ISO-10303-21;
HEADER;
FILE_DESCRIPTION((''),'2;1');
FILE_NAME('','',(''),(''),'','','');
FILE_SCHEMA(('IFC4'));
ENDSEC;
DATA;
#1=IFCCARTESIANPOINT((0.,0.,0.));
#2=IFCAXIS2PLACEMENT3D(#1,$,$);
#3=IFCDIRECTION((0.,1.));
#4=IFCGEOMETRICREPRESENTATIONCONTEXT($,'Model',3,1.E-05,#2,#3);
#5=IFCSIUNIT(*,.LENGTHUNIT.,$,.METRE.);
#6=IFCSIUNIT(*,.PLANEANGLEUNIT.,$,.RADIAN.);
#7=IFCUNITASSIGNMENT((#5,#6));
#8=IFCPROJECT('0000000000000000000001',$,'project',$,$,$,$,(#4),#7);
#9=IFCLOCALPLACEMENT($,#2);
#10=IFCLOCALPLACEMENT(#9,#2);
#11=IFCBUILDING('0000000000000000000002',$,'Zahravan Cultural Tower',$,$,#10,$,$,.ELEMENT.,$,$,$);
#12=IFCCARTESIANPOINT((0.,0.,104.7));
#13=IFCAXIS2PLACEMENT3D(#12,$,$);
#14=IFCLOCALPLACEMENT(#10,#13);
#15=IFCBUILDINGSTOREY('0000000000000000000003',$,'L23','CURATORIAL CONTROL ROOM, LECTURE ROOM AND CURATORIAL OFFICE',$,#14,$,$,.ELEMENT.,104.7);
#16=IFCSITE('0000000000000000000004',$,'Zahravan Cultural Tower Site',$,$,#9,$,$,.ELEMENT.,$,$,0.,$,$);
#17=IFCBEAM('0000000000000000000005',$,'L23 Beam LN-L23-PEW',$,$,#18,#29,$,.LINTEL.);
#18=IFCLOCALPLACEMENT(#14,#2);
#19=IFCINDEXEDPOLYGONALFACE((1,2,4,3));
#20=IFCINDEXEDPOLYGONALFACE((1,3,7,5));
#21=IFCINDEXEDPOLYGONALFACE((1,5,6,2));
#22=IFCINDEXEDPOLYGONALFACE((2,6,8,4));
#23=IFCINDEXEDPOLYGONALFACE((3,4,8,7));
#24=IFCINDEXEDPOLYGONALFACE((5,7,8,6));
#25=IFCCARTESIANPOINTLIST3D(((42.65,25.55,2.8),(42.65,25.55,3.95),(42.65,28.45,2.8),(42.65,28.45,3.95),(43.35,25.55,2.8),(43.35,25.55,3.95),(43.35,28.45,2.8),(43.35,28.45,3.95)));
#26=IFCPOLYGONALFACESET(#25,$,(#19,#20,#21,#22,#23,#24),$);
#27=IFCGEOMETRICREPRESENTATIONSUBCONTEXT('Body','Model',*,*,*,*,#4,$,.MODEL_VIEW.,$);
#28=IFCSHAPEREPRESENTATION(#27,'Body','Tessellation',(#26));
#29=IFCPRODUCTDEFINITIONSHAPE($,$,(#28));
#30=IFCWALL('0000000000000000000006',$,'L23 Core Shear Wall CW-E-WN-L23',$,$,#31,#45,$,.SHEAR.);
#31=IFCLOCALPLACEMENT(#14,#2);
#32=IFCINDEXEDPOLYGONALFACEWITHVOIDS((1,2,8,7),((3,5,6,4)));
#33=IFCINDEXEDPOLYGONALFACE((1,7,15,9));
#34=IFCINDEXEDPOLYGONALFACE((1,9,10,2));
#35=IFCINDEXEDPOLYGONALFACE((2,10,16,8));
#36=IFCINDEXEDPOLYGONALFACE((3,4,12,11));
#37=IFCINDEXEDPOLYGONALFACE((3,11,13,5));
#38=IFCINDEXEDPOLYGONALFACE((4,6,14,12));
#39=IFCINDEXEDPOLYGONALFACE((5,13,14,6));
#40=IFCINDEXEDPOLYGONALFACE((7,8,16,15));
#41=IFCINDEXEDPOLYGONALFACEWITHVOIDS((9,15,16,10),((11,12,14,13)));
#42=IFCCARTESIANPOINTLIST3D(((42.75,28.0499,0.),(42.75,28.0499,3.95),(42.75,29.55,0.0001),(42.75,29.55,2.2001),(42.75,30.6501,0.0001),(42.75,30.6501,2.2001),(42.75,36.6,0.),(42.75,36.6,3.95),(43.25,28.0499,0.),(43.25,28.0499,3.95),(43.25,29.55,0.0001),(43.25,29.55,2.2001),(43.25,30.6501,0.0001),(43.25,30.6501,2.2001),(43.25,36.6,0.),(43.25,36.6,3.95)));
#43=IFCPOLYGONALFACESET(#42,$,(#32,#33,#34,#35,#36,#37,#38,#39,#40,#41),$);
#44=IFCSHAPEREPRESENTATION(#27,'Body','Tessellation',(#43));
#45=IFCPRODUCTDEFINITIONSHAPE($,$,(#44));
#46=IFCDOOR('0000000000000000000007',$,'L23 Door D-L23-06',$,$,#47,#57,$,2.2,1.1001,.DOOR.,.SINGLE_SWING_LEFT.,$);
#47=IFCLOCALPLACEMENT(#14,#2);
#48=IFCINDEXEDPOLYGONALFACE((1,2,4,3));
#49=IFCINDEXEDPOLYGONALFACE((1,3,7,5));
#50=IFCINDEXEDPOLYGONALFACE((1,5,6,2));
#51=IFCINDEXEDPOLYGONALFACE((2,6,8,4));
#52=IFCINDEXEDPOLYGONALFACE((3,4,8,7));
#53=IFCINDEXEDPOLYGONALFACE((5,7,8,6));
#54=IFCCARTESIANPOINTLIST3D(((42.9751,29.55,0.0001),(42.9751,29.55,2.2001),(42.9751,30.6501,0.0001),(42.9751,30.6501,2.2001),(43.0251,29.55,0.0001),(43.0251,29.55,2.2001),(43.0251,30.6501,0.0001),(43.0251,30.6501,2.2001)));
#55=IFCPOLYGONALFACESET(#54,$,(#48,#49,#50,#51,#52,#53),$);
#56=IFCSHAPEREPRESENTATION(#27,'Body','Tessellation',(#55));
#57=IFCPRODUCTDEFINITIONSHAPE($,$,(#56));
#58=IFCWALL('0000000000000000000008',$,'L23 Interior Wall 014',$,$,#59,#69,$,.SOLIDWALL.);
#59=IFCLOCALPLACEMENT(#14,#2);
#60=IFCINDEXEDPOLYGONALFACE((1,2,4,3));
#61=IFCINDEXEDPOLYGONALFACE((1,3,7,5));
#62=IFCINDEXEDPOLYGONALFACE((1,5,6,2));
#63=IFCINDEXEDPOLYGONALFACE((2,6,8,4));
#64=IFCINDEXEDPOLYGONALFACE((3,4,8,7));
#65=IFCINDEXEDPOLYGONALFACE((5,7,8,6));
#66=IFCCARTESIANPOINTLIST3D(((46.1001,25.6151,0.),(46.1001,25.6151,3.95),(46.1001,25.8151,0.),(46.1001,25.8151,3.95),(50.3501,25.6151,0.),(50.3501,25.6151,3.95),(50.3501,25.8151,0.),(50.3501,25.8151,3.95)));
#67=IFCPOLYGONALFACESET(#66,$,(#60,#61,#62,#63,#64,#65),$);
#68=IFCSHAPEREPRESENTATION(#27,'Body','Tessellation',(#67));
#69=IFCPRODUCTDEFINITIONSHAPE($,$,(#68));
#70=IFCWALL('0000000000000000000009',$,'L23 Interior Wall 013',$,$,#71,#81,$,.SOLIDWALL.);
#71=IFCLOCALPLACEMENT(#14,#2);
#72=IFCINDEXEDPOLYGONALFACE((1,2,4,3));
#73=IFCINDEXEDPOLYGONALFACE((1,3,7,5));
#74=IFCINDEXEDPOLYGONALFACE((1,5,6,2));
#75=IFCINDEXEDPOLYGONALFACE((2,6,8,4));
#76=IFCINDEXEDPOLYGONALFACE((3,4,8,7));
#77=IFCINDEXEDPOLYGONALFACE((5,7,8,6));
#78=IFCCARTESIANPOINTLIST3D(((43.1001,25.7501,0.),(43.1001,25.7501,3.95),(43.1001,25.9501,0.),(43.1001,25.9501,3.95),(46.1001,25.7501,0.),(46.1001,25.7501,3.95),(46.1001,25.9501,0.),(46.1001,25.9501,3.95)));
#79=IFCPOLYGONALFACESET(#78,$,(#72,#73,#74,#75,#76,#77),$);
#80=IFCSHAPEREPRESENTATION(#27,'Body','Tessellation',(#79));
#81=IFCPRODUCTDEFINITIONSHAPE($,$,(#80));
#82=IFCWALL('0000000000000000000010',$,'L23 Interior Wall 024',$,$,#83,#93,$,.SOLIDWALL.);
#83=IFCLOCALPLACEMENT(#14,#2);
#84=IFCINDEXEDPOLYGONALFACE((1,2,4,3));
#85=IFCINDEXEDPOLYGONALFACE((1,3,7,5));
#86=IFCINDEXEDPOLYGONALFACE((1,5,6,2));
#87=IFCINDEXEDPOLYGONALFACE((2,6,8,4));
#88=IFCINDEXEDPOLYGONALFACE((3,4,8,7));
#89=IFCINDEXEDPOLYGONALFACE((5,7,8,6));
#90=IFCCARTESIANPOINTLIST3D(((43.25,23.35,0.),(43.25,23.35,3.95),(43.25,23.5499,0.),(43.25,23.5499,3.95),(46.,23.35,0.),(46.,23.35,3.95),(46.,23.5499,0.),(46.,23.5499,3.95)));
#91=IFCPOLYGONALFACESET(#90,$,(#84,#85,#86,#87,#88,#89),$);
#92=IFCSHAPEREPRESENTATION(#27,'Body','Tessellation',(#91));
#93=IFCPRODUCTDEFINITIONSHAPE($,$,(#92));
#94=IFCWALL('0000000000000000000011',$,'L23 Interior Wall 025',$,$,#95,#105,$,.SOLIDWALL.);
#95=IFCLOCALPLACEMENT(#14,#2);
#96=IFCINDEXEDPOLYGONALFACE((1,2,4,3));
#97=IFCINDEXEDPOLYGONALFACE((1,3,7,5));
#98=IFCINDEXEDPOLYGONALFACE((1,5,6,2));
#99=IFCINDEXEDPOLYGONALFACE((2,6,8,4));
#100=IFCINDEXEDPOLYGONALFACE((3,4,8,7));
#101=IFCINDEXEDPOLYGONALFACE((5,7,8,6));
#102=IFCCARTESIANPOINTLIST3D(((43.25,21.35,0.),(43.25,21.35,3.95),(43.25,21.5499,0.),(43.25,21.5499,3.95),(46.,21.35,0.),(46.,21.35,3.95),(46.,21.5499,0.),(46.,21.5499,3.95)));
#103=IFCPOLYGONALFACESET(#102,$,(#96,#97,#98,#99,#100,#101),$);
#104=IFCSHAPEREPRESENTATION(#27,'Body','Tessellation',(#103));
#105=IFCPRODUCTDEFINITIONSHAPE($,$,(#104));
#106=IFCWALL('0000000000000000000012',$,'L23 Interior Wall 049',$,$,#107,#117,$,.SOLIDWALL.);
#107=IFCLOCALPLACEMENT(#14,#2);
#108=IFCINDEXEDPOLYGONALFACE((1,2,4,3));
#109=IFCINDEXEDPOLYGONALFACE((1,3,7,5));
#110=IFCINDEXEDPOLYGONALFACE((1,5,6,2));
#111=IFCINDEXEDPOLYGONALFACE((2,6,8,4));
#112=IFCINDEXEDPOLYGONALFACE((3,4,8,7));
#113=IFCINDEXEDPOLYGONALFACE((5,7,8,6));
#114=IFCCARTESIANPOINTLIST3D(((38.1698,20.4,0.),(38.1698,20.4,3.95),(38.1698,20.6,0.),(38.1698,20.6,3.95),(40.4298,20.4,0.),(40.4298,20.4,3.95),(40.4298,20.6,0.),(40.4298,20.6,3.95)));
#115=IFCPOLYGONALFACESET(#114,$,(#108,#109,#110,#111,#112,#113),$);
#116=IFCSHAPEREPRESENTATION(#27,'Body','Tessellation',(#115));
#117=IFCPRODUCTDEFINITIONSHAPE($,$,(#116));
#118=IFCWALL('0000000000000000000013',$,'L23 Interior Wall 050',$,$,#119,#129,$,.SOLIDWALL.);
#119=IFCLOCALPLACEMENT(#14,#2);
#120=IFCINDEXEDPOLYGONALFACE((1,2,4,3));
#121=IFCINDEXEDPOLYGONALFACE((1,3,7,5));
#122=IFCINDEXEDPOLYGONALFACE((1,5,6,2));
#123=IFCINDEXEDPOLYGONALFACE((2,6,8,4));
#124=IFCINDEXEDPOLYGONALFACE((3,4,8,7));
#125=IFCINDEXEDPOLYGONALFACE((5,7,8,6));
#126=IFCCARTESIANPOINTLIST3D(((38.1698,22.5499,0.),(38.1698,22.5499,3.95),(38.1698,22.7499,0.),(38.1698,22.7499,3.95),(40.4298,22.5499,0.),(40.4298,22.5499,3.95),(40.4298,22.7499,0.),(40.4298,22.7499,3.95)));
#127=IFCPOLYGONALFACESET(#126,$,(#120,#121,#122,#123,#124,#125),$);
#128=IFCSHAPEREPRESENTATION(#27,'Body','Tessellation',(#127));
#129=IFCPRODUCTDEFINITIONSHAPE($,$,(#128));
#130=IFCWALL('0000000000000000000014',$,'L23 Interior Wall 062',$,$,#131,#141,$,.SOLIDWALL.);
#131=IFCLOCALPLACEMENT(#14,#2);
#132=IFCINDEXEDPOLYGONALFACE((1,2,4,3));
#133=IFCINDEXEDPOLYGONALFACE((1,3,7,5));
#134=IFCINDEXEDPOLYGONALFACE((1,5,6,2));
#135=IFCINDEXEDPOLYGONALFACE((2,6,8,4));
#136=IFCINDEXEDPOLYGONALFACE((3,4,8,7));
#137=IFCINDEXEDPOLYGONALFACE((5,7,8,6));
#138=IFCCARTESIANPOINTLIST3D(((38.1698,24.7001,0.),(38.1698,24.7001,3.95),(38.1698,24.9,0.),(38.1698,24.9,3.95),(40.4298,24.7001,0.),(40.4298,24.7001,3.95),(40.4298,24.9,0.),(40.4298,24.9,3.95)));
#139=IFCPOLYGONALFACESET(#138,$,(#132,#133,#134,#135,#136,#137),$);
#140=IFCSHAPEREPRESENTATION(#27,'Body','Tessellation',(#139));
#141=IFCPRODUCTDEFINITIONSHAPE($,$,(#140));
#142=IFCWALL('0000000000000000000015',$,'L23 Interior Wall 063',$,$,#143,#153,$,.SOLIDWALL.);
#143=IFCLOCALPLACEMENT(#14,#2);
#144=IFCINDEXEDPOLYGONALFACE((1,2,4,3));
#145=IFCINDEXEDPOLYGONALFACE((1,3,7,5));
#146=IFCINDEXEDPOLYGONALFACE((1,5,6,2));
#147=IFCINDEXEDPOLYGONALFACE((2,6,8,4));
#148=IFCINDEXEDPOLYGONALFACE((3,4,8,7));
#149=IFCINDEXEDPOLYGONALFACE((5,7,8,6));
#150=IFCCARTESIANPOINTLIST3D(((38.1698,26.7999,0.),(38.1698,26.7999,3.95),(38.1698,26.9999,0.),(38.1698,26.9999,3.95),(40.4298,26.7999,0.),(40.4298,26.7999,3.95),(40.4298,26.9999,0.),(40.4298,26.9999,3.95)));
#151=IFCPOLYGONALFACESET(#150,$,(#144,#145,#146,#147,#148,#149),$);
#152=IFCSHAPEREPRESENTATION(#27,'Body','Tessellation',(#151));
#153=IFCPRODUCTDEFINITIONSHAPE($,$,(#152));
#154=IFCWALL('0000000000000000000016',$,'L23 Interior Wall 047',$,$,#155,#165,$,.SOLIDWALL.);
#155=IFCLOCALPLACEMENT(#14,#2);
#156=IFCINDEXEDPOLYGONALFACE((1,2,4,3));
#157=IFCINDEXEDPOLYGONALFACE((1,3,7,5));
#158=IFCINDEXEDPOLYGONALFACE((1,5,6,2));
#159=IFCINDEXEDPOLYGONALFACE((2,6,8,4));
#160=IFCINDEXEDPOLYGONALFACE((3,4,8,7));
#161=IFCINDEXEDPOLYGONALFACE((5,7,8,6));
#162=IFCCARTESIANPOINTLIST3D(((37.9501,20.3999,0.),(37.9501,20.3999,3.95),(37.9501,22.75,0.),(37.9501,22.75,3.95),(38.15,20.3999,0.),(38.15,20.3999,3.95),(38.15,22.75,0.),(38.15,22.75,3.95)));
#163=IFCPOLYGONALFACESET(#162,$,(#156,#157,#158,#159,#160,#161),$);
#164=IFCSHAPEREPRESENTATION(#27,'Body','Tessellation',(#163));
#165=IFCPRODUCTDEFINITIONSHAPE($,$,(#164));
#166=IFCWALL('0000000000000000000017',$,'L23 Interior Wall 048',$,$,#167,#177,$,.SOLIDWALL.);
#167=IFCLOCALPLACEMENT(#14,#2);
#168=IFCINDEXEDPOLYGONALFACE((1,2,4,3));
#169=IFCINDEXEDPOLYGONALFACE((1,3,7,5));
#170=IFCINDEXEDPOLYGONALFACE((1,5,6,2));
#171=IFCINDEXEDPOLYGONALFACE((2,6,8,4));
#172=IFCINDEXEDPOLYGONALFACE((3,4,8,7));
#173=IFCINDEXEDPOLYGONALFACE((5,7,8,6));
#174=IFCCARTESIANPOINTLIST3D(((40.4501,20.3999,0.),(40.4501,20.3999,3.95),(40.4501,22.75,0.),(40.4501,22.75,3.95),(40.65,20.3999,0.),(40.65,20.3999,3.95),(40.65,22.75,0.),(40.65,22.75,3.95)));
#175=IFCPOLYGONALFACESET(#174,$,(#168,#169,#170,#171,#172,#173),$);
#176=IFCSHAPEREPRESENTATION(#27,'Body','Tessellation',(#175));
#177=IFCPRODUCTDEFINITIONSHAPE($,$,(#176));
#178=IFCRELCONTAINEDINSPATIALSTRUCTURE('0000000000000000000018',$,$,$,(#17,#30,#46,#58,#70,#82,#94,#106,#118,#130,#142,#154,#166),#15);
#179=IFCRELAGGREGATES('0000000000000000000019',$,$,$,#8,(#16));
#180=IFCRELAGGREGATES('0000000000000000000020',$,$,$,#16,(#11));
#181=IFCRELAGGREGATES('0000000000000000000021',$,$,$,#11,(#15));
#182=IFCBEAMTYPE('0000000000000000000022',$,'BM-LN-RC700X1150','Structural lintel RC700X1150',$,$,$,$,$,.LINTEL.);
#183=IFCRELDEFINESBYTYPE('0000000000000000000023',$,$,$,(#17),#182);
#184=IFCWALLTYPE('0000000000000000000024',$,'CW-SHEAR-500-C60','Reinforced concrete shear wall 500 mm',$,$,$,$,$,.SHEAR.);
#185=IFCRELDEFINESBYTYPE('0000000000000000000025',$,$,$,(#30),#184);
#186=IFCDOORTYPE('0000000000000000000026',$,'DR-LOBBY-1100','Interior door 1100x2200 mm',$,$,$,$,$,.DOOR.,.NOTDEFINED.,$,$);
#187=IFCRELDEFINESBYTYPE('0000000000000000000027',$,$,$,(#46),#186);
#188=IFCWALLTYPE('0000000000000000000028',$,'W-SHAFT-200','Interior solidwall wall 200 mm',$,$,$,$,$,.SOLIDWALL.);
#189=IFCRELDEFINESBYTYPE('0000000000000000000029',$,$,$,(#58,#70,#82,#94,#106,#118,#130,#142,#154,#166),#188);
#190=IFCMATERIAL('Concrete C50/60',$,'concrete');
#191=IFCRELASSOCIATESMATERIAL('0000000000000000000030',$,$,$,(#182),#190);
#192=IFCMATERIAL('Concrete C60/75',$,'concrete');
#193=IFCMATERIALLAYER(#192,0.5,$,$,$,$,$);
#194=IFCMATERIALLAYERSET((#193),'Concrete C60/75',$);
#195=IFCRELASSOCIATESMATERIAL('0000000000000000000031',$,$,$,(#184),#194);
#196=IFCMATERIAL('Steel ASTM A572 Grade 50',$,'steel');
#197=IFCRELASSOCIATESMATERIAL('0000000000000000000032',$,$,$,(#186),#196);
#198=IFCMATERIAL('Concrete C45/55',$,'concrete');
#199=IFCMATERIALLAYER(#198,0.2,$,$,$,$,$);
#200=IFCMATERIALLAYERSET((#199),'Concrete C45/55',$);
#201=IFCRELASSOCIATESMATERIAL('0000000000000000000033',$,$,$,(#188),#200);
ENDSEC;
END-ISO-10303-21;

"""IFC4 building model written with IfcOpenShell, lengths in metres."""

from ifc_helpers import new_model, si_unit, direction, frame, frame_2d, origin, origin_2d, place, context, subcontext, project, spatial, rectangle, extrude, source, transform, mapped, material, layer, layer_set, material_profile, profile_set, type_object, element, fill, save


model = new_model("IFC4")

# Units and contexts
model_context = context("Model", 3, precision=1e-05, world=origin(), true_north=direction((0.0, 1.0)))
body_context = subcontext(model_context, "Body", "Model", "MODEL_VIEW")
ifc_project = project(units=[si_unit("LENGTHUNIT", "METRE"), si_unit("PLANEANGLEUNIT", "RADIAN")], contexts=[model_context])

# Site, building, storey
site_placement = place(None, origin())
site = spatial("IfcSite", under=ifc_project, at=site_placement, Name="Zahravan Cultural Tower Site", CompositionType="ELEMENT", RefElevation=0.0)
building_placement = place(site_placement, origin())
building = spatial("IfcBuilding", under=site, at=building_placement, Name="Zahravan Cultural Tower", CompositionType="ELEMENT")
storey_placement = place(building_placement, frame((0.0, 0.0, 104.7)))
storey = spatial("IfcBuildingStorey", under=building, at=storey_placement, Name="L23", Description="CURATORIAL CONTROL ROOM, LECTURE ROOM AND CURATORIAL OFFICE", CompositionType="ELEMENT", Elevation=104.7)

# Beam
ifc_material_1 = material(Name="Concrete C50/60", Category="concrete")
ifc_material_profile = material_profile(ifc_material_1, rectangle(XDim=0.7, YDim=1.1499, at=origin_2d()), Name="RC700X1150")
ifc_profile_set = profile_set([ifc_material_profile], Name="Concrete C50/60")
beam_type = type_object("IfcBeamType", Name="BM-LN-RC700X1150", Description="Structural lintel RC700X1150", PredefinedType="LINTEL", material=ifc_profile_set)
shared_shape_1 = source(origin(), body_context, "Body", "SweptSolid", [
    extrude(rectangle(XDim=0.7, YDim=1.1499, at=origin_2d()), origin(), (0.0, 0.0, 1.0), 2.8999),
])
beam_placement = place(storey_placement, frame((43.0, 25.55, 3.375), z_axis=(0.0, 1.0, 0.0), x_axis=(-1.0, 0.0, 0.0)))
element("IfcBeam", 1, at=beam_placement, inside=storey, type_object=beam_type, Name="L23 Beam LN-L23-PEW", PredefinedType="LINTEL", context=body_context, shape_type="MappedRepresentation", body=[
    mapped(shared_shape_1, transform((0.0, 0.0, 0.0), x_axis=(1.0, 0.0, 0.0), y_axis=(0.0, 1.0, 0.0), z_axis=(0.0, 0.0, 1.0), scale=1.0)),
])

# Wall, opening, door
ifc_material_2 = material(Name="Concrete C60/75", Category="concrete")
ifc_layer_1 = layer(ifc_material_2, 0.5)
ifc_layer_set_1 = layer_set([ifc_layer_1], Name="Concrete C60/75")
wall_type_1 = type_object("IfcWallType", Name="CW-SHEAR-500-C60", Description="Reinforced concrete shear wall 500 mm", PredefinedType="SHEAR", material=ifc_layer_set_1)
wall_1_placement = place(storey_placement, frame((43.0, 28.05, 0.0), z_axis=(0.0, 0.0, 1.0), x_axis=(0.0, 1.0, 0.0)))
wall_1 = element("IfcWall", 2, at=wall_1_placement, inside=storey, type_object=wall_type_1, Name="L23 Core Shear Wall CW-E-WN-L23", PredefinedType="SHEAR", context=body_context, shape_type="SweptSolid", body=[
    extrude(rectangle(XDim=8.55, YDim=0.5, at=frame_2d((4.2749, 0.0))), origin(), (0.0, 0.0, 1.0), 3.95),
])
opening_1_placement = place(wall_1_placement, frame((1.5, 0.0, 0.0)))
opening_1 = element("IfcOpeningElement", 3, at=opening_1_placement, cuts=wall_1, PredefinedType="OPENING", context=body_context, shape_type="SweptSolid", body=[
    extrude(rectangle(XDim=1.1001, YDim=2.2, at=frame_2d((0.55, 1.1001))), frame((0.0, 0.26, 0.0), z_axis=(0.0, -1.0, 0.0), x_axis=(1.0, 0.0, 0.0)), (0.0, 0.0, 1.0), 0.52),
])
ifc_material_3 = material(Name="Steel ASTM A572 Grade 50", Category="steel")
door_type_1 = type_object("IfcDoorType", Name="DR-LOBBY-1100", Description="Interior door 1100x2200 mm", OperationType="NOTDEFINED", PredefinedType="DOOR", material=ifc_material_3)
shared_shape_2 = source(origin(), body_context, "Body", "SweptSolid", [
    extrude(rectangle(XDim=1.1001, YDim=2.2, at=frame_2d((0.55, 1.1001))), frame((0.0, 0.0249, 0.0), z_axis=(0.0, -1.0, 0.0), x_axis=(1.0, 0.0, 0.0)), (0.0, 0.0, 1.0), 0.05),
])
door_1_placement = place(opening_1_placement, origin())
door_1 = element("IfcDoor", 4, at=door_1_placement, inside=storey, type_object=door_type_1, Name="L23 Door D-L23-06", OperationType="SINGLE_SWING_LEFT", OverallHeight=2.2, OverallWidth=1.1001, PredefinedType="DOOR", context=body_context, shape_type="MappedRepresentation", body=[
    mapped(shared_shape_2, transform((0.0, 0.0, 0.0), x_axis=(1.0, 0.0, 0.0), y_axis=(0.0, 1.0, 0.0), z_axis=(0.0, 0.0, 1.0), scale=1.0)),
])
fill(opening_1, door_1)
ifc_material_4 = material(Name="Concrete C45/55", Category="concrete")
ifc_layer_2 = layer(ifc_material_4, 0.2)
ifc_layer_set_2 = layer_set([ifc_layer_2], Name="Concrete C45/55")
wall_type_2 = type_object("IfcWallType", Name="W-SHAFT-200", Description="Interior solidwall wall 200 mm", PredefinedType="SOLIDWALL", material=ifc_layer_set_2)

# Walls
shared_shape_3 = source(origin(), body_context, "Body", "SweptSolid", [
    extrude(rectangle(XDim=4.25, YDim=0.2, at=frame_2d((2.125, 0.0))), origin(), (0.0, 0.0, 1.0), 3.95),
])
wall_2_placement = place(storey_placement, frame((46.1001, 25.7151, 0.0), z_axis=(0.0, 0.0, 1.0), x_axis=(1.0, 0.0, 0.0)))
element("IfcWall", 5, at=wall_2_placement, inside=storey, type_object=wall_type_2, Name="L23 Interior Wall 014", PredefinedType="SOLIDWALL", context=body_context, shape_type="MappedRepresentation", body=[
    mapped(shared_shape_3, transform((0.0, 0.0, 0.0), x_axis=(1.0, 0.0, 0.0), y_axis=(0.0, 1.0, 0.0), z_axis=(0.0, 0.0, 1.0), scale=1.0)),
])
shared_shape_4 = source(origin(), body_context, "Body", "SweptSolid", [
    extrude(rectangle(XDim=3.0, YDim=0.2, at=frame_2d((1.5, 0.0))), origin(), (0.0, 0.0, 1.0), 3.95),
])
wall_3_placement = place(storey_placement, frame((43.1001, 25.8501, 0.0), z_axis=(0.0, 0.0, 1.0), x_axis=(1.0, 0.0, 0.0)))
element("IfcWall", 6, at=wall_3_placement, inside=storey, type_object=wall_type_2, Name="L23 Interior Wall 013", PredefinedType="SOLIDWALL", context=body_context, shape_type="MappedRepresentation", body=[
    mapped(shared_shape_4, transform((0.0, 0.0, 0.0), x_axis=(1.0, 0.0, 0.0), y_axis=(0.0, 1.0, 0.0), z_axis=(0.0, 0.0, 1.0), scale=1.0)),
])
shared_shape_5 = source(origin(), body_context, "Body", "SweptSolid", [
    extrude(rectangle(XDim=2.75, YDim=0.2, at=frame_2d((1.375, 0.0))), origin(), (0.0, 0.0, 1.0), 3.95),
])
for number, where, z_axis, x_axis, name in (
    (7, (43.25, 23.45, 0.0), (0.0, 0.0, 1.0), (1.0, 0.0, 0.0), "L23 Interior Wall 024"),
    (8, (43.25, 21.45, 0.0), (0.0, 0.0, 1.0), (1.0, 0.0, 0.0), "L23 Interior Wall 025"),
):
    element("IfcWall", number, at=place(storey_placement, frame(where, z_axis=z_axis, x_axis=x_axis)), inside=storey, type_object=wall_type_2, Name=name, PredefinedType="SOLIDWALL", context=body_context, shape_type="MappedRepresentation", body=[
        mapped(shared_shape_5, transform((0.0, 0.0, 0.0), x_axis=(1.0, 0.0, 0.0), y_axis=(0.0, 1.0, 0.0), z_axis=(0.0, 0.0, 1.0), scale=1.0)),
    ])
shared_shape_6 = source(origin(), body_context, "Body", "SweptSolid", [
    extrude(rectangle(XDim=2.26, YDim=0.2, at=frame_2d((1.1299, 0.0))), origin(), (0.0, 0.0, 1.0), 3.95),
])
for number, where, z_axis, x_axis, name in (
    (9, (38.1699, 20.5, 0.0), (0.0, 0.0, 1.0), (1.0, 0.0, 0.0), "L23 Interior Wall 049"),
    (10, (38.1699, 22.6499, 0.0), (0.0, 0.0, 1.0), (1.0, 0.0, 0.0), "L23 Interior Wall 050"),
    (11, (38.1699, 24.8, 0.0), (0.0, 0.0, 1.0), (1.0, 0.0, 0.0), "L23 Interior Wall 062"),
    (12, (38.1699, 26.8999, 0.0), (0.0, 0.0, 1.0), (1.0, 0.0, 0.0), "L23 Interior Wall 063"),
):
    element("IfcWall", number, at=place(storey_placement, frame(where, z_axis=z_axis, x_axis=x_axis)), inside=storey, type_object=wall_type_2, Name=name, PredefinedType="SOLIDWALL", context=body_context, shape_type="MappedRepresentation", body=[
        mapped(shared_shape_6, transform((0.0, 0.0, 0.0), x_axis=(1.0, 0.0, 0.0), y_axis=(0.0, 1.0, 0.0), z_axis=(0.0, 0.0, 1.0), scale=1.0)),
    ])
shared_shape_7 = source(origin(), body_context, "Body", "SweptSolid", [
    extrude(rectangle(XDim=2.3501, YDim=0.2, at=frame_2d((1.175, 0.0))), origin(), (0.0, 0.0, 1.0), 3.95),
])
for number, where, z_axis, x_axis, name in (
    (13, (38.05, 20.3999, 0.0), (0.0, 0.0, 1.0), (0.0, 1.0, 0.0), "L23 Interior Wall 047"),
    (14, (40.55, 20.3999, 0.0), (0.0, 0.0, 1.0), (0.0, 1.0, 0.0), "L23 Interior Wall 048"),
):
    element("IfcWall", number, at=place(storey_placement, frame(where, z_axis=z_axis, x_axis=x_axis)), inside=storey, type_object=wall_type_2, Name=name, PredefinedType="SOLIDWALL", context=body_context, shape_type="MappedRepresentation", body=[
        mapped(shared_shape_7, transform((0.0, 0.0, 0.0), x_axis=(1.0, 0.0, 0.0), y_axis=(0.0, 1.0, 0.0), z_axis=(0.0, 0.0, 1.0), scale=1.0)),
    ])

save(model, "model.ifc")
